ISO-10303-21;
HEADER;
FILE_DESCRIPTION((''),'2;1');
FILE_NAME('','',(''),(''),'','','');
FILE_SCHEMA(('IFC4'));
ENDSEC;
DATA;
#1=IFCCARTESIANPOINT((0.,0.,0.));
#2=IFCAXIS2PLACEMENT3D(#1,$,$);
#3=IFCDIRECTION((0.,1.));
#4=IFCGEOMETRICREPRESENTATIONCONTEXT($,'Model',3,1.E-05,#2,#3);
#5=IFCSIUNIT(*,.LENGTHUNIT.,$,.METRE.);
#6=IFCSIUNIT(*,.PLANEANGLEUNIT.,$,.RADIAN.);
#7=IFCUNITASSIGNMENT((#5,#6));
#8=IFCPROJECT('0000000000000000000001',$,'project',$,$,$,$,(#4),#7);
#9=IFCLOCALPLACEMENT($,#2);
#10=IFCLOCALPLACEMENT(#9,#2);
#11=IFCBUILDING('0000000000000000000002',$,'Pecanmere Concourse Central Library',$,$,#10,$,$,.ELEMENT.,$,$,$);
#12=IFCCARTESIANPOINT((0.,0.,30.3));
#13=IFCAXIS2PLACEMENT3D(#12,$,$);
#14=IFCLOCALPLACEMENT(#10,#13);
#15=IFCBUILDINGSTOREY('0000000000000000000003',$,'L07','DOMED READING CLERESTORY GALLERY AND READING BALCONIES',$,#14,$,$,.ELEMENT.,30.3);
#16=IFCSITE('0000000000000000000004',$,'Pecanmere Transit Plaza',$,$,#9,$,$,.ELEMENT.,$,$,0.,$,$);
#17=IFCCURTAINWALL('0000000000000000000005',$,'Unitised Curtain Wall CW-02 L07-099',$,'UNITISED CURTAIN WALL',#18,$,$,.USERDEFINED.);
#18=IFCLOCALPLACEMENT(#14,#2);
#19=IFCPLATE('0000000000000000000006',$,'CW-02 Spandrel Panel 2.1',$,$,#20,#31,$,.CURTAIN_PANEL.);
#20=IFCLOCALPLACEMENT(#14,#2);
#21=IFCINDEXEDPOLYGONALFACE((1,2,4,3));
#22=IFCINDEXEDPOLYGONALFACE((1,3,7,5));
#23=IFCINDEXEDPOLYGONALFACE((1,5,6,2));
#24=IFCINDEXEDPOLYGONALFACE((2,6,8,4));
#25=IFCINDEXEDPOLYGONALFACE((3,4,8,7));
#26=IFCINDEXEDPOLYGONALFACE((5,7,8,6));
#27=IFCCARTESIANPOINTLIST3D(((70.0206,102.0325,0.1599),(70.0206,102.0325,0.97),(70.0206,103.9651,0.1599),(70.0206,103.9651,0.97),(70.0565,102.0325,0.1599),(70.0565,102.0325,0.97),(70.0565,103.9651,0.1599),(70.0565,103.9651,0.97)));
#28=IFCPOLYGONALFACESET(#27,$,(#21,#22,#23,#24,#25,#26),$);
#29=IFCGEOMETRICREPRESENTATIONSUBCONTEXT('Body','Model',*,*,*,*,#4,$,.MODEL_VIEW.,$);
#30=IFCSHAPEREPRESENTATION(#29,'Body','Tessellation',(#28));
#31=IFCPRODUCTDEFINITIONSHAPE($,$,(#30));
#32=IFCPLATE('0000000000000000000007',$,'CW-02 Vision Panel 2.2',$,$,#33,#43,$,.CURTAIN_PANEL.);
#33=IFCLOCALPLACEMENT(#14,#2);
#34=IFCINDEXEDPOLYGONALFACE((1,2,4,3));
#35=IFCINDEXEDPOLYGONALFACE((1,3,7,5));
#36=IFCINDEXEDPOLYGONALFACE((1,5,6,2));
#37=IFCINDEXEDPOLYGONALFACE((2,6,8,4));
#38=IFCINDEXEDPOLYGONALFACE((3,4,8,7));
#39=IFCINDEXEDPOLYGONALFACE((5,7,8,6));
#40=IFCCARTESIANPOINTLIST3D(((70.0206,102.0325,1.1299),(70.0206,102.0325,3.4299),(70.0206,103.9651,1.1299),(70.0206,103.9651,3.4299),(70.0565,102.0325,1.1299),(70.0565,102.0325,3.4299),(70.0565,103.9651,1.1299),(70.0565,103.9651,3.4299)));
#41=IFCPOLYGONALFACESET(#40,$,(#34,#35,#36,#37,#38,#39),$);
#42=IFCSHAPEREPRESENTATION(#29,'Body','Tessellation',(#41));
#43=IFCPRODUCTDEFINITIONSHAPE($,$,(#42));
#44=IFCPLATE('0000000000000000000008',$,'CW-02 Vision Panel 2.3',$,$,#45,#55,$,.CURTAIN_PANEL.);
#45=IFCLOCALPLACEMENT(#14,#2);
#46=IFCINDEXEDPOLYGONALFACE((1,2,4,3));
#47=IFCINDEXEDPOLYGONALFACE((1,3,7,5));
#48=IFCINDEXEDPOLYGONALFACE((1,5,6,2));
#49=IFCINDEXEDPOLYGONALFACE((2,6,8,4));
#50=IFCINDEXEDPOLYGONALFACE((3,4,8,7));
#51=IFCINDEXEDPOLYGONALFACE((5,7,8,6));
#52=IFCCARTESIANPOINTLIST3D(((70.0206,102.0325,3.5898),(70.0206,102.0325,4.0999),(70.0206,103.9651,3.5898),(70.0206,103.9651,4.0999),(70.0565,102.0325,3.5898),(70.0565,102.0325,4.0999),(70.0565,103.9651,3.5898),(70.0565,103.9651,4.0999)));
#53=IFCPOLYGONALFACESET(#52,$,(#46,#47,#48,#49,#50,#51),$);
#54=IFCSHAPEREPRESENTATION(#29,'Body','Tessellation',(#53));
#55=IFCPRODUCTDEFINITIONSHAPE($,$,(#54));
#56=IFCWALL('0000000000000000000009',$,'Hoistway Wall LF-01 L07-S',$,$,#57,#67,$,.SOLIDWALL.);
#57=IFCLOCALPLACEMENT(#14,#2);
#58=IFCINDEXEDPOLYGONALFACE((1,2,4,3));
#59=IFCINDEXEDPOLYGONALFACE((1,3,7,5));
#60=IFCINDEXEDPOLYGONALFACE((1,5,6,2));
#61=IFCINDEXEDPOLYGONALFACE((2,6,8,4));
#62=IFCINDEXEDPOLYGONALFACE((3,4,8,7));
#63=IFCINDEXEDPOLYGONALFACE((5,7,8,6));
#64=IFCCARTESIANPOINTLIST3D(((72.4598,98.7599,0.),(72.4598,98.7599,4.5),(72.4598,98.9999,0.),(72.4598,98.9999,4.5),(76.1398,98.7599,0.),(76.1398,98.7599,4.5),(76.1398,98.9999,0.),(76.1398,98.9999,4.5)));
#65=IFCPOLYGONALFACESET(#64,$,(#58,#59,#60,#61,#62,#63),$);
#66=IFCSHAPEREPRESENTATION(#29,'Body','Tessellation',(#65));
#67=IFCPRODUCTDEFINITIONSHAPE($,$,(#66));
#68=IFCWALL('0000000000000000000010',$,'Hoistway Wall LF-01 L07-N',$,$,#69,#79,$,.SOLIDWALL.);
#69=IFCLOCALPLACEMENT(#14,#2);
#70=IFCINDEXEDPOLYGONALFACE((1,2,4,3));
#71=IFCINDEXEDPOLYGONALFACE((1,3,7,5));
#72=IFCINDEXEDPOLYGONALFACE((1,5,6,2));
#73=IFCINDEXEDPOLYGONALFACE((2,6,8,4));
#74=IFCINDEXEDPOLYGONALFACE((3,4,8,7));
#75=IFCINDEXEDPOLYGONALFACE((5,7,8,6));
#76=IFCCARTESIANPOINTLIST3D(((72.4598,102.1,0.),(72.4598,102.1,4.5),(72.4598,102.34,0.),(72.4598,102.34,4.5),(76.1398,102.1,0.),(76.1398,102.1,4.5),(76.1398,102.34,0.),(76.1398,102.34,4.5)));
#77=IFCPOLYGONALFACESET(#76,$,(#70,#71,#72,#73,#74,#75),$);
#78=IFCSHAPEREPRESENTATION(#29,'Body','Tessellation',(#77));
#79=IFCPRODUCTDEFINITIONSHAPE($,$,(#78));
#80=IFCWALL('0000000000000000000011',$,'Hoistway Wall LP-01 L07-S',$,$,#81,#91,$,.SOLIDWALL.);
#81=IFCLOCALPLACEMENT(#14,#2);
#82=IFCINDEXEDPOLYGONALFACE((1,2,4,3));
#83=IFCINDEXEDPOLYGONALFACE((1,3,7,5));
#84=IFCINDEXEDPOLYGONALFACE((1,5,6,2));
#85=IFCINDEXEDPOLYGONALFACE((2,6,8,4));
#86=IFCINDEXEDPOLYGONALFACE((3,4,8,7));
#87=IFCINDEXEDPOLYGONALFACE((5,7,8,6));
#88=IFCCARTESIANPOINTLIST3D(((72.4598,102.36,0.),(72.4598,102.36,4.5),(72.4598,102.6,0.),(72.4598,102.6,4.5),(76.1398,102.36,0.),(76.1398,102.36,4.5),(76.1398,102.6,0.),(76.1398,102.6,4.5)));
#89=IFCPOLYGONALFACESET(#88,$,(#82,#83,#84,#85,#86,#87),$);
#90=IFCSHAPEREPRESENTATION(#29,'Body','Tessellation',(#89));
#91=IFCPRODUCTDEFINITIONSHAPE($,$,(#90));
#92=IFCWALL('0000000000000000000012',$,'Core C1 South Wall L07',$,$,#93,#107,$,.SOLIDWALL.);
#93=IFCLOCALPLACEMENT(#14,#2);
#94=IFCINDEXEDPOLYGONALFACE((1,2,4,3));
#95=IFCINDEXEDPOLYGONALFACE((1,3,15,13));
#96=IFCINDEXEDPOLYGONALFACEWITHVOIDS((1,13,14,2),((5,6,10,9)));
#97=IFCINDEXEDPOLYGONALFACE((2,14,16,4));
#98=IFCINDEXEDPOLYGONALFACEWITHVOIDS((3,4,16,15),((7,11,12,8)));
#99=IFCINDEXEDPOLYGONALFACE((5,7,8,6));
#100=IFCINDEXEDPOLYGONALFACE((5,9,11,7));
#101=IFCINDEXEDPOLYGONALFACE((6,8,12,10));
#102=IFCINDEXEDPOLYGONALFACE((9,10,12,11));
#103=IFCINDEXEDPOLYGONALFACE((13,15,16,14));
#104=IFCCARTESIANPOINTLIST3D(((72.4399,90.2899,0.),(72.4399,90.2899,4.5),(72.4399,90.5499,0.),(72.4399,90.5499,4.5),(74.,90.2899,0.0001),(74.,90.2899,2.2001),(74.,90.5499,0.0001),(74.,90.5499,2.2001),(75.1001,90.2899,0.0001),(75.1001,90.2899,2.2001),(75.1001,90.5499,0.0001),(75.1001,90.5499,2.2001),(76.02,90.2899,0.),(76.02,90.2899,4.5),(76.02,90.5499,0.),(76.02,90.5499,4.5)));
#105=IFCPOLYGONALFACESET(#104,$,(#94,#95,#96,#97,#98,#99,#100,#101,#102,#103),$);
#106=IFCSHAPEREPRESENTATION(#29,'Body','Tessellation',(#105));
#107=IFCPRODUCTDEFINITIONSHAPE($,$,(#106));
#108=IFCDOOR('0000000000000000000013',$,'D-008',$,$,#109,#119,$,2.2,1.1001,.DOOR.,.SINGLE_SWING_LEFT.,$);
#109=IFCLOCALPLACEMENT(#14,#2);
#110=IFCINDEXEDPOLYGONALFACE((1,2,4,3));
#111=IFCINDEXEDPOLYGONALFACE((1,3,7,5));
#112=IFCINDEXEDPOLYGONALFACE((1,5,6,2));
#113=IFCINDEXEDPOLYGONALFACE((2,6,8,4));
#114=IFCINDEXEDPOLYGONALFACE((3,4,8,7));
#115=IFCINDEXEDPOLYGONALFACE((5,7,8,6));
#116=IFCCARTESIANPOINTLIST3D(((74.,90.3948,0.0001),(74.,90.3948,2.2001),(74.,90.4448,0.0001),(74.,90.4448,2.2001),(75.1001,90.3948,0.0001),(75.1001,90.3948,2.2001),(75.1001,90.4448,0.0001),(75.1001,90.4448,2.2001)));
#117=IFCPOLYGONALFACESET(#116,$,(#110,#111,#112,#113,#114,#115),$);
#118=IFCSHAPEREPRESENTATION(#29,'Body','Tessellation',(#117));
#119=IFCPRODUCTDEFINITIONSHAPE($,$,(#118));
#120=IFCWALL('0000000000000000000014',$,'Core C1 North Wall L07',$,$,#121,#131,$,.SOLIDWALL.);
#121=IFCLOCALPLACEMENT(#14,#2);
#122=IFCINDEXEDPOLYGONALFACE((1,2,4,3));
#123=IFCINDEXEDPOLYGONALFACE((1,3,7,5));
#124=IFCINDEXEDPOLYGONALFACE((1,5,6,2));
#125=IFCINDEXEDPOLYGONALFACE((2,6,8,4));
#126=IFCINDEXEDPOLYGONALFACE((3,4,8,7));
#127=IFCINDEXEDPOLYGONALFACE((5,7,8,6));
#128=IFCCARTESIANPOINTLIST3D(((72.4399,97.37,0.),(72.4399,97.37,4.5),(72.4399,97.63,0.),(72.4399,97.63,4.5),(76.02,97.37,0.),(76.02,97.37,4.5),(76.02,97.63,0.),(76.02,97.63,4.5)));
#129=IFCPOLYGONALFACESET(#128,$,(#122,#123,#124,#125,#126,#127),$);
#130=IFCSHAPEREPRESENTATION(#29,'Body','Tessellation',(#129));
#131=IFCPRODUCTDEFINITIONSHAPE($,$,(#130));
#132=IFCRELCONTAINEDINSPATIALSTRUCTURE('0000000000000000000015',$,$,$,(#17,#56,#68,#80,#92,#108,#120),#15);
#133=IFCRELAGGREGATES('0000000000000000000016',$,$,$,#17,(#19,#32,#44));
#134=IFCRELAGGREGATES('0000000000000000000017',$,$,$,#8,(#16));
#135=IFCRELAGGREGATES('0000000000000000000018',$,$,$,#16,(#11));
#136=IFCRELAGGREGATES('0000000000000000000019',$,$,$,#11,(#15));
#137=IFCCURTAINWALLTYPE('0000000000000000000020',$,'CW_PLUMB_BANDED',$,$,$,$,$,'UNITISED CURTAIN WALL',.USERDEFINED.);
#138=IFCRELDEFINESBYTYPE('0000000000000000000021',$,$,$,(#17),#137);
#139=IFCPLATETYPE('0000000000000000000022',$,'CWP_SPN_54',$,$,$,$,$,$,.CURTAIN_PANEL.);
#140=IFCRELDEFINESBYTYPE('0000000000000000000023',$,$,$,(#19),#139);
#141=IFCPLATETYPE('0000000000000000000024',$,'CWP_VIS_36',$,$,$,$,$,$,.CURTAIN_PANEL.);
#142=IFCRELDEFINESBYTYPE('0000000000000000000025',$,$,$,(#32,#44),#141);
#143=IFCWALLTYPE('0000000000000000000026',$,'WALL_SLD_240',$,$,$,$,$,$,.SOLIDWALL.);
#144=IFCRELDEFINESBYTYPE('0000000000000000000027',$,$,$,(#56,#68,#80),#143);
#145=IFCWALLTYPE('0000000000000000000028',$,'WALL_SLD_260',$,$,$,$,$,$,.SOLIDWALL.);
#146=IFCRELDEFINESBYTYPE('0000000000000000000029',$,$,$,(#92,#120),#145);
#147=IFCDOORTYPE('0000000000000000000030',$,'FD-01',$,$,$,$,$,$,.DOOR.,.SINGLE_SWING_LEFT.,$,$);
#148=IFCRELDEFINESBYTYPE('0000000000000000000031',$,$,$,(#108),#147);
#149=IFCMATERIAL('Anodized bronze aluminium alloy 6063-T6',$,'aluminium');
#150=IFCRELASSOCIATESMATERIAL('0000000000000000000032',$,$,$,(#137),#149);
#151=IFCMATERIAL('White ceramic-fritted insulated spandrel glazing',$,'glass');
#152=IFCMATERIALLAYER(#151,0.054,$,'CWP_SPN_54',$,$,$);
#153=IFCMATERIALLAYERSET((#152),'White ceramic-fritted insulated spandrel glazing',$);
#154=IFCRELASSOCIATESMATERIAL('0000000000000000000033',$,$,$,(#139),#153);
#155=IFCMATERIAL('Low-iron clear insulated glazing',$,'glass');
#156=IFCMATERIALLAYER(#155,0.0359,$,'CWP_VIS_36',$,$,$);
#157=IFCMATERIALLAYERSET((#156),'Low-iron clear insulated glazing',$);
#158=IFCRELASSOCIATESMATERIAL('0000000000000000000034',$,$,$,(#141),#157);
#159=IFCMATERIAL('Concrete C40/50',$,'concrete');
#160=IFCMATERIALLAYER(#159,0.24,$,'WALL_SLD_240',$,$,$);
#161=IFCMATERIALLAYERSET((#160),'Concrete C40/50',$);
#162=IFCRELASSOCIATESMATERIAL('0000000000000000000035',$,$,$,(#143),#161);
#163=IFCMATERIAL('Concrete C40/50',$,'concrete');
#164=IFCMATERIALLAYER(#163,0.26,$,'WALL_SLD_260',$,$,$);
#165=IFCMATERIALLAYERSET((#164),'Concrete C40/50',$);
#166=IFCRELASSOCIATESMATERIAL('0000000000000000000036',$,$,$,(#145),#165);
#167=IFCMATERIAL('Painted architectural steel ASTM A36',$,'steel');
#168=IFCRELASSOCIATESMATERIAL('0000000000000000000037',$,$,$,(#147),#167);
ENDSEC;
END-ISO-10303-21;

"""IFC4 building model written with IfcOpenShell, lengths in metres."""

from ifc_helpers import new_model, si_unit, direction, frame, frame_2d, origin, origin_2d, place, context, subcontext, project, spatial, rectangle, extrude, material, layer, layer_set, type_object, element, fill, aggregate, save


model = new_model("IFC4")

# Units and contexts
model_context = context("Model", 3, precision=1e-05, world=origin(), true_north=direction((0.0, 1.0)))
body_context = subcontext(model_context, "Body", "Model", "MODEL_VIEW")
ifc_project = project(units=[si_unit("LENGTHUNIT", "METRE"), si_unit("PLANEANGLEUNIT", "RADIAN")], contexts=[model_context])

# Site, building, storey
site_placement = place(None, origin())
site = spatial("IfcSite", under=ifc_project, at=site_placement, Name="Pecanmere Transit Plaza", CompositionType="ELEMENT", RefElevation=0.0)
building_placement = place(site_placement, origin())
building = spatial("IfcBuilding", under=site, at=building_placement, Name="Pecanmere Concourse Central Library", CompositionType="ELEMENT")
storey_placement = place(building_placement, frame((0.0, 0.0, 30.3)))
storey = spatial("IfcBuildingStorey", under=building, at=storey_placement, Name="L07", Description="DOMED READING CLERESTORY GALLERY AND READING BALCONIES", CompositionType="ELEMENT", Elevation=30.3)

# Curtain wall
ifc_material_1 = material(Name="Anodized bronze aluminium alloy 6063-T6", Category="aluminium")
curtain_wall_type = type_object("IfcCurtainWallType", Name="CW_PLUMB_BANDED", ElementType="UNITISED CURTAIN WALL", PredefinedType="USERDEFINED", material=ifc_material_1)
curtain_wall_placement = place(storey_placement, origin())
curtain_wall = element("IfcCurtainWall", 1, at=curtain_wall_placement, inside=storey, type_object=curtain_wall_type, Name="Unitised Curtain Wall CW-02 L07-099", ObjectType="UNITISED CURTAIN WALL", PredefinedType="USERDEFINED")

# Plates
ifc_material_2 = material(Name="White ceramic-fritted insulated spandrel glazing", Category="glass")
ifc_layer_1 = layer(ifc_material_2, 0.054, Name="CWP_SPN_54")
ifc_layer_set_1 = layer_set([ifc_layer_1], Name="White ceramic-fritted insulated spandrel glazing")
plate_type_1 = type_object("IfcPlateType", Name="CWP_SPN_54", PredefinedType="CURTAIN_PANEL", material=ifc_layer_set_1)
plate_1_placement = place(storey_placement, frame((70.0386, 102.9988, 0.1599), z_axis=(0.0, 0.0, 1.0), x_axis=(0.0, -1.0, 0.0)))
plate_1 = element("IfcPlate", 2, at=plate_1_placement, type_object=plate_type_1, Name="CW-02 Spandrel Panel 2.1", PredefinedType="CURTAIN_PANEL", context=body_context, shape_type="SweptSolid", body=[
    extrude(rectangle(XDim=1.9326, YDim=0.0359, at=origin_2d()), origin(), (0.0, 0.0, 1.0), 0.8101),
])
ifc_material_3 = material(Name="Low-iron clear insulated glazing", Category="glass")
ifc_layer_2 = layer(ifc_material_3, 0.0359, Name="CWP_VIS_36")
ifc_layer_set_2 = layer_set([ifc_layer_2], Name="Low-iron clear insulated glazing")
plate_type_2 = type_object("IfcPlateType", Name="CWP_VIS_36", PredefinedType="CURTAIN_PANEL", material=ifc_layer_set_2)
plate_2_placement = place(storey_placement, frame((70.0386, 102.9988, 1.1299), z_axis=(0.0, 0.0, 1.0), x_axis=(0.0, -1.0, 0.0)))
plate_2 = element("IfcPlate", 3, at=plate_2_placement, type_object=plate_type_2, Name="CW-02 Vision Panel 2.2", PredefinedType="CURTAIN_PANEL", context=body_context, shape_type="SweptSolid", body=[
    extrude(rectangle(XDim=1.9326, YDim=0.0359, at=origin_2d()), origin(), (0.0, 0.0, 1.0), 2.3),
])
plate_3_placement = place(storey_placement, frame((70.0386, 102.9988, 3.5898), z_axis=(0.0, 0.0, 1.0), x_axis=(0.0, -1.0, 0.0)))
plate_3 = element("IfcPlate", 4, at=plate_3_placement, type_object=plate_type_2, Name="CW-02 Vision Panel 2.3", PredefinedType="CURTAIN_PANEL", context=body_context, shape_type="SweptSolid", body=[
    extrude(rectangle(XDim=1.9326, YDim=0.0359, at=origin_2d()), origin(), (0.0, 0.0, 1.0), 0.51),
])
aggregate(curtain_wall, [plate_1, plate_2, plate_3])

# Walls
ifc_material_4 = material(Name="Concrete C40/50", Category="concrete")
ifc_layer_3 = layer(ifc_material_4, 0.24, Name="WALL_SLD_240")
ifc_layer_set_3 = layer_set([ifc_layer_3], Name="Concrete C40/50")
wall_type_1 = type_object("IfcWallType", Name="WALL_SLD_240", PredefinedType="SOLIDWALL", material=ifc_layer_set_3)
for number, where, z_axis, x_axis, name in (
    (5, (72.46, 98.8799, 0.0), (0.0, 0.0, 1.0), (1.0, 0.0, 0.0), "Hoistway Wall LF-01 L07-S"),
    (6, (72.46, 102.22, 0.0), (0.0, 0.0, 1.0), (1.0, 0.0, 0.0), "Hoistway Wall LF-01 L07-N"),
    (7, (72.46, 102.48, 0.0), (0.0, 0.0, 1.0), (1.0, 0.0, 0.0), "Hoistway Wall LP-01 L07-S"),
):
    element("IfcWall", number, at=place(storey_placement, frame(where, z_axis=z_axis, x_axis=x_axis)), inside=storey, type_object=wall_type_1, Name=name, PredefinedType="SOLIDWALL", context=body_context, shape_type="SweptSolid", body=[
        extrude(rectangle(XDim=3.6799, YDim=0.24, at=frame_2d((1.8398, 0.0))), origin(), (0.0, 0.0, 1.0), 4.5),
    ])

# Wall, opening, door
ifc_material_5 = material(Name="Concrete C40/50", Category="concrete")
ifc_layer_4 = layer(ifc_material_5, 0.26, Name="WALL_SLD_260")
ifc_layer_set_4 = layer_set([ifc_layer_4], Name="Concrete C40/50")
wall_type_2 = type_object("IfcWallType", Name="WALL_SLD_260", PredefinedType="SOLIDWALL", material=ifc_layer_set_4)
wall_1_placement = place(storey_placement, frame((72.4399, 90.4199, 0.0), z_axis=(0.0, 0.0, 1.0), x_axis=(1.0, 0.0, 0.0)))
wall_1 = element("IfcWall", 8, at=wall_1_placement, inside=storey, type_object=wall_type_2, Name="Core C1 South Wall L07", PredefinedType="SOLIDWALL", context=body_context, shape_type="SweptSolid", body=[
    extrude(rectangle(XDim=3.5801, YDim=0.26, at=frame_2d((1.79, 0.0))), origin(), (0.0, 0.0, 1.0), 4.5),
])
opening_placement = place(wall_1_placement, frame((1.5601, 0.0, 0.0)))
opening = element("IfcOpeningElement", 9, at=opening_placement, cuts=wall_1, PredefinedType="OPENING", context=body_context, shape_type="SweptSolid", body=[
    extrude(rectangle(XDim=1.1001, YDim=2.2, at=frame_2d((0.55, 1.1001))), frame((0.0, 0.1421, 0.0), z_axis=(0.0, -1.0, 0.0), x_axis=(1.0, 0.0, 0.0)), (0.0, 0.0, 1.0), 0.2839),
])
ifc_material_6 = material(Name="Painted architectural steel ASTM A36", Category="steel")
door_type = type_object("IfcDoorType", Name="FD-01", OperationType="SINGLE_SWING_LEFT", PredefinedType="DOOR", material=ifc_material_6)
door_placement = place(opening_placement, origin())
door = element("IfcDoor", 10, at=door_placement, inside=storey, type_object=door_type, Name="D-008", OperationType="SINGLE_SWING_LEFT", OverallHeight=2.2, OverallWidth=1.1001, PredefinedType="DOOR", context=body_context, shape_type="SweptSolid", body=[
    extrude(rectangle(XDim=1.1001, YDim=2.2, at=frame_2d((0.55, 1.1001))), frame((0.0, 0.0249, 0.0), z_axis=(0.0, -1.0, 0.0), x_axis=(1.0, 0.0, 0.0)), (0.0, 0.0, 1.0), 0.05),
])
fill(opening, door)

# Wall
wall_2_placement = place(storey_placement, frame((72.4399, 97.5, 0.0), z_axis=(0.0, 0.0, 1.0), x_axis=(1.0, 0.0, 0.0)))
element("IfcWall", 11, at=wall_2_placement, inside=storey, type_object=wall_type_2, Name="Core C1 North Wall L07", PredefinedType="SOLIDWALL", context=body_context, shape_type="SweptSolid", body=[
    extrude(rectangle(XDim=3.5801, YDim=0.26, at=frame_2d((1.79, 0.0))), origin(), (0.0, 0.0, 1.0), 4.5),
])

save(model, "model.ifc")
